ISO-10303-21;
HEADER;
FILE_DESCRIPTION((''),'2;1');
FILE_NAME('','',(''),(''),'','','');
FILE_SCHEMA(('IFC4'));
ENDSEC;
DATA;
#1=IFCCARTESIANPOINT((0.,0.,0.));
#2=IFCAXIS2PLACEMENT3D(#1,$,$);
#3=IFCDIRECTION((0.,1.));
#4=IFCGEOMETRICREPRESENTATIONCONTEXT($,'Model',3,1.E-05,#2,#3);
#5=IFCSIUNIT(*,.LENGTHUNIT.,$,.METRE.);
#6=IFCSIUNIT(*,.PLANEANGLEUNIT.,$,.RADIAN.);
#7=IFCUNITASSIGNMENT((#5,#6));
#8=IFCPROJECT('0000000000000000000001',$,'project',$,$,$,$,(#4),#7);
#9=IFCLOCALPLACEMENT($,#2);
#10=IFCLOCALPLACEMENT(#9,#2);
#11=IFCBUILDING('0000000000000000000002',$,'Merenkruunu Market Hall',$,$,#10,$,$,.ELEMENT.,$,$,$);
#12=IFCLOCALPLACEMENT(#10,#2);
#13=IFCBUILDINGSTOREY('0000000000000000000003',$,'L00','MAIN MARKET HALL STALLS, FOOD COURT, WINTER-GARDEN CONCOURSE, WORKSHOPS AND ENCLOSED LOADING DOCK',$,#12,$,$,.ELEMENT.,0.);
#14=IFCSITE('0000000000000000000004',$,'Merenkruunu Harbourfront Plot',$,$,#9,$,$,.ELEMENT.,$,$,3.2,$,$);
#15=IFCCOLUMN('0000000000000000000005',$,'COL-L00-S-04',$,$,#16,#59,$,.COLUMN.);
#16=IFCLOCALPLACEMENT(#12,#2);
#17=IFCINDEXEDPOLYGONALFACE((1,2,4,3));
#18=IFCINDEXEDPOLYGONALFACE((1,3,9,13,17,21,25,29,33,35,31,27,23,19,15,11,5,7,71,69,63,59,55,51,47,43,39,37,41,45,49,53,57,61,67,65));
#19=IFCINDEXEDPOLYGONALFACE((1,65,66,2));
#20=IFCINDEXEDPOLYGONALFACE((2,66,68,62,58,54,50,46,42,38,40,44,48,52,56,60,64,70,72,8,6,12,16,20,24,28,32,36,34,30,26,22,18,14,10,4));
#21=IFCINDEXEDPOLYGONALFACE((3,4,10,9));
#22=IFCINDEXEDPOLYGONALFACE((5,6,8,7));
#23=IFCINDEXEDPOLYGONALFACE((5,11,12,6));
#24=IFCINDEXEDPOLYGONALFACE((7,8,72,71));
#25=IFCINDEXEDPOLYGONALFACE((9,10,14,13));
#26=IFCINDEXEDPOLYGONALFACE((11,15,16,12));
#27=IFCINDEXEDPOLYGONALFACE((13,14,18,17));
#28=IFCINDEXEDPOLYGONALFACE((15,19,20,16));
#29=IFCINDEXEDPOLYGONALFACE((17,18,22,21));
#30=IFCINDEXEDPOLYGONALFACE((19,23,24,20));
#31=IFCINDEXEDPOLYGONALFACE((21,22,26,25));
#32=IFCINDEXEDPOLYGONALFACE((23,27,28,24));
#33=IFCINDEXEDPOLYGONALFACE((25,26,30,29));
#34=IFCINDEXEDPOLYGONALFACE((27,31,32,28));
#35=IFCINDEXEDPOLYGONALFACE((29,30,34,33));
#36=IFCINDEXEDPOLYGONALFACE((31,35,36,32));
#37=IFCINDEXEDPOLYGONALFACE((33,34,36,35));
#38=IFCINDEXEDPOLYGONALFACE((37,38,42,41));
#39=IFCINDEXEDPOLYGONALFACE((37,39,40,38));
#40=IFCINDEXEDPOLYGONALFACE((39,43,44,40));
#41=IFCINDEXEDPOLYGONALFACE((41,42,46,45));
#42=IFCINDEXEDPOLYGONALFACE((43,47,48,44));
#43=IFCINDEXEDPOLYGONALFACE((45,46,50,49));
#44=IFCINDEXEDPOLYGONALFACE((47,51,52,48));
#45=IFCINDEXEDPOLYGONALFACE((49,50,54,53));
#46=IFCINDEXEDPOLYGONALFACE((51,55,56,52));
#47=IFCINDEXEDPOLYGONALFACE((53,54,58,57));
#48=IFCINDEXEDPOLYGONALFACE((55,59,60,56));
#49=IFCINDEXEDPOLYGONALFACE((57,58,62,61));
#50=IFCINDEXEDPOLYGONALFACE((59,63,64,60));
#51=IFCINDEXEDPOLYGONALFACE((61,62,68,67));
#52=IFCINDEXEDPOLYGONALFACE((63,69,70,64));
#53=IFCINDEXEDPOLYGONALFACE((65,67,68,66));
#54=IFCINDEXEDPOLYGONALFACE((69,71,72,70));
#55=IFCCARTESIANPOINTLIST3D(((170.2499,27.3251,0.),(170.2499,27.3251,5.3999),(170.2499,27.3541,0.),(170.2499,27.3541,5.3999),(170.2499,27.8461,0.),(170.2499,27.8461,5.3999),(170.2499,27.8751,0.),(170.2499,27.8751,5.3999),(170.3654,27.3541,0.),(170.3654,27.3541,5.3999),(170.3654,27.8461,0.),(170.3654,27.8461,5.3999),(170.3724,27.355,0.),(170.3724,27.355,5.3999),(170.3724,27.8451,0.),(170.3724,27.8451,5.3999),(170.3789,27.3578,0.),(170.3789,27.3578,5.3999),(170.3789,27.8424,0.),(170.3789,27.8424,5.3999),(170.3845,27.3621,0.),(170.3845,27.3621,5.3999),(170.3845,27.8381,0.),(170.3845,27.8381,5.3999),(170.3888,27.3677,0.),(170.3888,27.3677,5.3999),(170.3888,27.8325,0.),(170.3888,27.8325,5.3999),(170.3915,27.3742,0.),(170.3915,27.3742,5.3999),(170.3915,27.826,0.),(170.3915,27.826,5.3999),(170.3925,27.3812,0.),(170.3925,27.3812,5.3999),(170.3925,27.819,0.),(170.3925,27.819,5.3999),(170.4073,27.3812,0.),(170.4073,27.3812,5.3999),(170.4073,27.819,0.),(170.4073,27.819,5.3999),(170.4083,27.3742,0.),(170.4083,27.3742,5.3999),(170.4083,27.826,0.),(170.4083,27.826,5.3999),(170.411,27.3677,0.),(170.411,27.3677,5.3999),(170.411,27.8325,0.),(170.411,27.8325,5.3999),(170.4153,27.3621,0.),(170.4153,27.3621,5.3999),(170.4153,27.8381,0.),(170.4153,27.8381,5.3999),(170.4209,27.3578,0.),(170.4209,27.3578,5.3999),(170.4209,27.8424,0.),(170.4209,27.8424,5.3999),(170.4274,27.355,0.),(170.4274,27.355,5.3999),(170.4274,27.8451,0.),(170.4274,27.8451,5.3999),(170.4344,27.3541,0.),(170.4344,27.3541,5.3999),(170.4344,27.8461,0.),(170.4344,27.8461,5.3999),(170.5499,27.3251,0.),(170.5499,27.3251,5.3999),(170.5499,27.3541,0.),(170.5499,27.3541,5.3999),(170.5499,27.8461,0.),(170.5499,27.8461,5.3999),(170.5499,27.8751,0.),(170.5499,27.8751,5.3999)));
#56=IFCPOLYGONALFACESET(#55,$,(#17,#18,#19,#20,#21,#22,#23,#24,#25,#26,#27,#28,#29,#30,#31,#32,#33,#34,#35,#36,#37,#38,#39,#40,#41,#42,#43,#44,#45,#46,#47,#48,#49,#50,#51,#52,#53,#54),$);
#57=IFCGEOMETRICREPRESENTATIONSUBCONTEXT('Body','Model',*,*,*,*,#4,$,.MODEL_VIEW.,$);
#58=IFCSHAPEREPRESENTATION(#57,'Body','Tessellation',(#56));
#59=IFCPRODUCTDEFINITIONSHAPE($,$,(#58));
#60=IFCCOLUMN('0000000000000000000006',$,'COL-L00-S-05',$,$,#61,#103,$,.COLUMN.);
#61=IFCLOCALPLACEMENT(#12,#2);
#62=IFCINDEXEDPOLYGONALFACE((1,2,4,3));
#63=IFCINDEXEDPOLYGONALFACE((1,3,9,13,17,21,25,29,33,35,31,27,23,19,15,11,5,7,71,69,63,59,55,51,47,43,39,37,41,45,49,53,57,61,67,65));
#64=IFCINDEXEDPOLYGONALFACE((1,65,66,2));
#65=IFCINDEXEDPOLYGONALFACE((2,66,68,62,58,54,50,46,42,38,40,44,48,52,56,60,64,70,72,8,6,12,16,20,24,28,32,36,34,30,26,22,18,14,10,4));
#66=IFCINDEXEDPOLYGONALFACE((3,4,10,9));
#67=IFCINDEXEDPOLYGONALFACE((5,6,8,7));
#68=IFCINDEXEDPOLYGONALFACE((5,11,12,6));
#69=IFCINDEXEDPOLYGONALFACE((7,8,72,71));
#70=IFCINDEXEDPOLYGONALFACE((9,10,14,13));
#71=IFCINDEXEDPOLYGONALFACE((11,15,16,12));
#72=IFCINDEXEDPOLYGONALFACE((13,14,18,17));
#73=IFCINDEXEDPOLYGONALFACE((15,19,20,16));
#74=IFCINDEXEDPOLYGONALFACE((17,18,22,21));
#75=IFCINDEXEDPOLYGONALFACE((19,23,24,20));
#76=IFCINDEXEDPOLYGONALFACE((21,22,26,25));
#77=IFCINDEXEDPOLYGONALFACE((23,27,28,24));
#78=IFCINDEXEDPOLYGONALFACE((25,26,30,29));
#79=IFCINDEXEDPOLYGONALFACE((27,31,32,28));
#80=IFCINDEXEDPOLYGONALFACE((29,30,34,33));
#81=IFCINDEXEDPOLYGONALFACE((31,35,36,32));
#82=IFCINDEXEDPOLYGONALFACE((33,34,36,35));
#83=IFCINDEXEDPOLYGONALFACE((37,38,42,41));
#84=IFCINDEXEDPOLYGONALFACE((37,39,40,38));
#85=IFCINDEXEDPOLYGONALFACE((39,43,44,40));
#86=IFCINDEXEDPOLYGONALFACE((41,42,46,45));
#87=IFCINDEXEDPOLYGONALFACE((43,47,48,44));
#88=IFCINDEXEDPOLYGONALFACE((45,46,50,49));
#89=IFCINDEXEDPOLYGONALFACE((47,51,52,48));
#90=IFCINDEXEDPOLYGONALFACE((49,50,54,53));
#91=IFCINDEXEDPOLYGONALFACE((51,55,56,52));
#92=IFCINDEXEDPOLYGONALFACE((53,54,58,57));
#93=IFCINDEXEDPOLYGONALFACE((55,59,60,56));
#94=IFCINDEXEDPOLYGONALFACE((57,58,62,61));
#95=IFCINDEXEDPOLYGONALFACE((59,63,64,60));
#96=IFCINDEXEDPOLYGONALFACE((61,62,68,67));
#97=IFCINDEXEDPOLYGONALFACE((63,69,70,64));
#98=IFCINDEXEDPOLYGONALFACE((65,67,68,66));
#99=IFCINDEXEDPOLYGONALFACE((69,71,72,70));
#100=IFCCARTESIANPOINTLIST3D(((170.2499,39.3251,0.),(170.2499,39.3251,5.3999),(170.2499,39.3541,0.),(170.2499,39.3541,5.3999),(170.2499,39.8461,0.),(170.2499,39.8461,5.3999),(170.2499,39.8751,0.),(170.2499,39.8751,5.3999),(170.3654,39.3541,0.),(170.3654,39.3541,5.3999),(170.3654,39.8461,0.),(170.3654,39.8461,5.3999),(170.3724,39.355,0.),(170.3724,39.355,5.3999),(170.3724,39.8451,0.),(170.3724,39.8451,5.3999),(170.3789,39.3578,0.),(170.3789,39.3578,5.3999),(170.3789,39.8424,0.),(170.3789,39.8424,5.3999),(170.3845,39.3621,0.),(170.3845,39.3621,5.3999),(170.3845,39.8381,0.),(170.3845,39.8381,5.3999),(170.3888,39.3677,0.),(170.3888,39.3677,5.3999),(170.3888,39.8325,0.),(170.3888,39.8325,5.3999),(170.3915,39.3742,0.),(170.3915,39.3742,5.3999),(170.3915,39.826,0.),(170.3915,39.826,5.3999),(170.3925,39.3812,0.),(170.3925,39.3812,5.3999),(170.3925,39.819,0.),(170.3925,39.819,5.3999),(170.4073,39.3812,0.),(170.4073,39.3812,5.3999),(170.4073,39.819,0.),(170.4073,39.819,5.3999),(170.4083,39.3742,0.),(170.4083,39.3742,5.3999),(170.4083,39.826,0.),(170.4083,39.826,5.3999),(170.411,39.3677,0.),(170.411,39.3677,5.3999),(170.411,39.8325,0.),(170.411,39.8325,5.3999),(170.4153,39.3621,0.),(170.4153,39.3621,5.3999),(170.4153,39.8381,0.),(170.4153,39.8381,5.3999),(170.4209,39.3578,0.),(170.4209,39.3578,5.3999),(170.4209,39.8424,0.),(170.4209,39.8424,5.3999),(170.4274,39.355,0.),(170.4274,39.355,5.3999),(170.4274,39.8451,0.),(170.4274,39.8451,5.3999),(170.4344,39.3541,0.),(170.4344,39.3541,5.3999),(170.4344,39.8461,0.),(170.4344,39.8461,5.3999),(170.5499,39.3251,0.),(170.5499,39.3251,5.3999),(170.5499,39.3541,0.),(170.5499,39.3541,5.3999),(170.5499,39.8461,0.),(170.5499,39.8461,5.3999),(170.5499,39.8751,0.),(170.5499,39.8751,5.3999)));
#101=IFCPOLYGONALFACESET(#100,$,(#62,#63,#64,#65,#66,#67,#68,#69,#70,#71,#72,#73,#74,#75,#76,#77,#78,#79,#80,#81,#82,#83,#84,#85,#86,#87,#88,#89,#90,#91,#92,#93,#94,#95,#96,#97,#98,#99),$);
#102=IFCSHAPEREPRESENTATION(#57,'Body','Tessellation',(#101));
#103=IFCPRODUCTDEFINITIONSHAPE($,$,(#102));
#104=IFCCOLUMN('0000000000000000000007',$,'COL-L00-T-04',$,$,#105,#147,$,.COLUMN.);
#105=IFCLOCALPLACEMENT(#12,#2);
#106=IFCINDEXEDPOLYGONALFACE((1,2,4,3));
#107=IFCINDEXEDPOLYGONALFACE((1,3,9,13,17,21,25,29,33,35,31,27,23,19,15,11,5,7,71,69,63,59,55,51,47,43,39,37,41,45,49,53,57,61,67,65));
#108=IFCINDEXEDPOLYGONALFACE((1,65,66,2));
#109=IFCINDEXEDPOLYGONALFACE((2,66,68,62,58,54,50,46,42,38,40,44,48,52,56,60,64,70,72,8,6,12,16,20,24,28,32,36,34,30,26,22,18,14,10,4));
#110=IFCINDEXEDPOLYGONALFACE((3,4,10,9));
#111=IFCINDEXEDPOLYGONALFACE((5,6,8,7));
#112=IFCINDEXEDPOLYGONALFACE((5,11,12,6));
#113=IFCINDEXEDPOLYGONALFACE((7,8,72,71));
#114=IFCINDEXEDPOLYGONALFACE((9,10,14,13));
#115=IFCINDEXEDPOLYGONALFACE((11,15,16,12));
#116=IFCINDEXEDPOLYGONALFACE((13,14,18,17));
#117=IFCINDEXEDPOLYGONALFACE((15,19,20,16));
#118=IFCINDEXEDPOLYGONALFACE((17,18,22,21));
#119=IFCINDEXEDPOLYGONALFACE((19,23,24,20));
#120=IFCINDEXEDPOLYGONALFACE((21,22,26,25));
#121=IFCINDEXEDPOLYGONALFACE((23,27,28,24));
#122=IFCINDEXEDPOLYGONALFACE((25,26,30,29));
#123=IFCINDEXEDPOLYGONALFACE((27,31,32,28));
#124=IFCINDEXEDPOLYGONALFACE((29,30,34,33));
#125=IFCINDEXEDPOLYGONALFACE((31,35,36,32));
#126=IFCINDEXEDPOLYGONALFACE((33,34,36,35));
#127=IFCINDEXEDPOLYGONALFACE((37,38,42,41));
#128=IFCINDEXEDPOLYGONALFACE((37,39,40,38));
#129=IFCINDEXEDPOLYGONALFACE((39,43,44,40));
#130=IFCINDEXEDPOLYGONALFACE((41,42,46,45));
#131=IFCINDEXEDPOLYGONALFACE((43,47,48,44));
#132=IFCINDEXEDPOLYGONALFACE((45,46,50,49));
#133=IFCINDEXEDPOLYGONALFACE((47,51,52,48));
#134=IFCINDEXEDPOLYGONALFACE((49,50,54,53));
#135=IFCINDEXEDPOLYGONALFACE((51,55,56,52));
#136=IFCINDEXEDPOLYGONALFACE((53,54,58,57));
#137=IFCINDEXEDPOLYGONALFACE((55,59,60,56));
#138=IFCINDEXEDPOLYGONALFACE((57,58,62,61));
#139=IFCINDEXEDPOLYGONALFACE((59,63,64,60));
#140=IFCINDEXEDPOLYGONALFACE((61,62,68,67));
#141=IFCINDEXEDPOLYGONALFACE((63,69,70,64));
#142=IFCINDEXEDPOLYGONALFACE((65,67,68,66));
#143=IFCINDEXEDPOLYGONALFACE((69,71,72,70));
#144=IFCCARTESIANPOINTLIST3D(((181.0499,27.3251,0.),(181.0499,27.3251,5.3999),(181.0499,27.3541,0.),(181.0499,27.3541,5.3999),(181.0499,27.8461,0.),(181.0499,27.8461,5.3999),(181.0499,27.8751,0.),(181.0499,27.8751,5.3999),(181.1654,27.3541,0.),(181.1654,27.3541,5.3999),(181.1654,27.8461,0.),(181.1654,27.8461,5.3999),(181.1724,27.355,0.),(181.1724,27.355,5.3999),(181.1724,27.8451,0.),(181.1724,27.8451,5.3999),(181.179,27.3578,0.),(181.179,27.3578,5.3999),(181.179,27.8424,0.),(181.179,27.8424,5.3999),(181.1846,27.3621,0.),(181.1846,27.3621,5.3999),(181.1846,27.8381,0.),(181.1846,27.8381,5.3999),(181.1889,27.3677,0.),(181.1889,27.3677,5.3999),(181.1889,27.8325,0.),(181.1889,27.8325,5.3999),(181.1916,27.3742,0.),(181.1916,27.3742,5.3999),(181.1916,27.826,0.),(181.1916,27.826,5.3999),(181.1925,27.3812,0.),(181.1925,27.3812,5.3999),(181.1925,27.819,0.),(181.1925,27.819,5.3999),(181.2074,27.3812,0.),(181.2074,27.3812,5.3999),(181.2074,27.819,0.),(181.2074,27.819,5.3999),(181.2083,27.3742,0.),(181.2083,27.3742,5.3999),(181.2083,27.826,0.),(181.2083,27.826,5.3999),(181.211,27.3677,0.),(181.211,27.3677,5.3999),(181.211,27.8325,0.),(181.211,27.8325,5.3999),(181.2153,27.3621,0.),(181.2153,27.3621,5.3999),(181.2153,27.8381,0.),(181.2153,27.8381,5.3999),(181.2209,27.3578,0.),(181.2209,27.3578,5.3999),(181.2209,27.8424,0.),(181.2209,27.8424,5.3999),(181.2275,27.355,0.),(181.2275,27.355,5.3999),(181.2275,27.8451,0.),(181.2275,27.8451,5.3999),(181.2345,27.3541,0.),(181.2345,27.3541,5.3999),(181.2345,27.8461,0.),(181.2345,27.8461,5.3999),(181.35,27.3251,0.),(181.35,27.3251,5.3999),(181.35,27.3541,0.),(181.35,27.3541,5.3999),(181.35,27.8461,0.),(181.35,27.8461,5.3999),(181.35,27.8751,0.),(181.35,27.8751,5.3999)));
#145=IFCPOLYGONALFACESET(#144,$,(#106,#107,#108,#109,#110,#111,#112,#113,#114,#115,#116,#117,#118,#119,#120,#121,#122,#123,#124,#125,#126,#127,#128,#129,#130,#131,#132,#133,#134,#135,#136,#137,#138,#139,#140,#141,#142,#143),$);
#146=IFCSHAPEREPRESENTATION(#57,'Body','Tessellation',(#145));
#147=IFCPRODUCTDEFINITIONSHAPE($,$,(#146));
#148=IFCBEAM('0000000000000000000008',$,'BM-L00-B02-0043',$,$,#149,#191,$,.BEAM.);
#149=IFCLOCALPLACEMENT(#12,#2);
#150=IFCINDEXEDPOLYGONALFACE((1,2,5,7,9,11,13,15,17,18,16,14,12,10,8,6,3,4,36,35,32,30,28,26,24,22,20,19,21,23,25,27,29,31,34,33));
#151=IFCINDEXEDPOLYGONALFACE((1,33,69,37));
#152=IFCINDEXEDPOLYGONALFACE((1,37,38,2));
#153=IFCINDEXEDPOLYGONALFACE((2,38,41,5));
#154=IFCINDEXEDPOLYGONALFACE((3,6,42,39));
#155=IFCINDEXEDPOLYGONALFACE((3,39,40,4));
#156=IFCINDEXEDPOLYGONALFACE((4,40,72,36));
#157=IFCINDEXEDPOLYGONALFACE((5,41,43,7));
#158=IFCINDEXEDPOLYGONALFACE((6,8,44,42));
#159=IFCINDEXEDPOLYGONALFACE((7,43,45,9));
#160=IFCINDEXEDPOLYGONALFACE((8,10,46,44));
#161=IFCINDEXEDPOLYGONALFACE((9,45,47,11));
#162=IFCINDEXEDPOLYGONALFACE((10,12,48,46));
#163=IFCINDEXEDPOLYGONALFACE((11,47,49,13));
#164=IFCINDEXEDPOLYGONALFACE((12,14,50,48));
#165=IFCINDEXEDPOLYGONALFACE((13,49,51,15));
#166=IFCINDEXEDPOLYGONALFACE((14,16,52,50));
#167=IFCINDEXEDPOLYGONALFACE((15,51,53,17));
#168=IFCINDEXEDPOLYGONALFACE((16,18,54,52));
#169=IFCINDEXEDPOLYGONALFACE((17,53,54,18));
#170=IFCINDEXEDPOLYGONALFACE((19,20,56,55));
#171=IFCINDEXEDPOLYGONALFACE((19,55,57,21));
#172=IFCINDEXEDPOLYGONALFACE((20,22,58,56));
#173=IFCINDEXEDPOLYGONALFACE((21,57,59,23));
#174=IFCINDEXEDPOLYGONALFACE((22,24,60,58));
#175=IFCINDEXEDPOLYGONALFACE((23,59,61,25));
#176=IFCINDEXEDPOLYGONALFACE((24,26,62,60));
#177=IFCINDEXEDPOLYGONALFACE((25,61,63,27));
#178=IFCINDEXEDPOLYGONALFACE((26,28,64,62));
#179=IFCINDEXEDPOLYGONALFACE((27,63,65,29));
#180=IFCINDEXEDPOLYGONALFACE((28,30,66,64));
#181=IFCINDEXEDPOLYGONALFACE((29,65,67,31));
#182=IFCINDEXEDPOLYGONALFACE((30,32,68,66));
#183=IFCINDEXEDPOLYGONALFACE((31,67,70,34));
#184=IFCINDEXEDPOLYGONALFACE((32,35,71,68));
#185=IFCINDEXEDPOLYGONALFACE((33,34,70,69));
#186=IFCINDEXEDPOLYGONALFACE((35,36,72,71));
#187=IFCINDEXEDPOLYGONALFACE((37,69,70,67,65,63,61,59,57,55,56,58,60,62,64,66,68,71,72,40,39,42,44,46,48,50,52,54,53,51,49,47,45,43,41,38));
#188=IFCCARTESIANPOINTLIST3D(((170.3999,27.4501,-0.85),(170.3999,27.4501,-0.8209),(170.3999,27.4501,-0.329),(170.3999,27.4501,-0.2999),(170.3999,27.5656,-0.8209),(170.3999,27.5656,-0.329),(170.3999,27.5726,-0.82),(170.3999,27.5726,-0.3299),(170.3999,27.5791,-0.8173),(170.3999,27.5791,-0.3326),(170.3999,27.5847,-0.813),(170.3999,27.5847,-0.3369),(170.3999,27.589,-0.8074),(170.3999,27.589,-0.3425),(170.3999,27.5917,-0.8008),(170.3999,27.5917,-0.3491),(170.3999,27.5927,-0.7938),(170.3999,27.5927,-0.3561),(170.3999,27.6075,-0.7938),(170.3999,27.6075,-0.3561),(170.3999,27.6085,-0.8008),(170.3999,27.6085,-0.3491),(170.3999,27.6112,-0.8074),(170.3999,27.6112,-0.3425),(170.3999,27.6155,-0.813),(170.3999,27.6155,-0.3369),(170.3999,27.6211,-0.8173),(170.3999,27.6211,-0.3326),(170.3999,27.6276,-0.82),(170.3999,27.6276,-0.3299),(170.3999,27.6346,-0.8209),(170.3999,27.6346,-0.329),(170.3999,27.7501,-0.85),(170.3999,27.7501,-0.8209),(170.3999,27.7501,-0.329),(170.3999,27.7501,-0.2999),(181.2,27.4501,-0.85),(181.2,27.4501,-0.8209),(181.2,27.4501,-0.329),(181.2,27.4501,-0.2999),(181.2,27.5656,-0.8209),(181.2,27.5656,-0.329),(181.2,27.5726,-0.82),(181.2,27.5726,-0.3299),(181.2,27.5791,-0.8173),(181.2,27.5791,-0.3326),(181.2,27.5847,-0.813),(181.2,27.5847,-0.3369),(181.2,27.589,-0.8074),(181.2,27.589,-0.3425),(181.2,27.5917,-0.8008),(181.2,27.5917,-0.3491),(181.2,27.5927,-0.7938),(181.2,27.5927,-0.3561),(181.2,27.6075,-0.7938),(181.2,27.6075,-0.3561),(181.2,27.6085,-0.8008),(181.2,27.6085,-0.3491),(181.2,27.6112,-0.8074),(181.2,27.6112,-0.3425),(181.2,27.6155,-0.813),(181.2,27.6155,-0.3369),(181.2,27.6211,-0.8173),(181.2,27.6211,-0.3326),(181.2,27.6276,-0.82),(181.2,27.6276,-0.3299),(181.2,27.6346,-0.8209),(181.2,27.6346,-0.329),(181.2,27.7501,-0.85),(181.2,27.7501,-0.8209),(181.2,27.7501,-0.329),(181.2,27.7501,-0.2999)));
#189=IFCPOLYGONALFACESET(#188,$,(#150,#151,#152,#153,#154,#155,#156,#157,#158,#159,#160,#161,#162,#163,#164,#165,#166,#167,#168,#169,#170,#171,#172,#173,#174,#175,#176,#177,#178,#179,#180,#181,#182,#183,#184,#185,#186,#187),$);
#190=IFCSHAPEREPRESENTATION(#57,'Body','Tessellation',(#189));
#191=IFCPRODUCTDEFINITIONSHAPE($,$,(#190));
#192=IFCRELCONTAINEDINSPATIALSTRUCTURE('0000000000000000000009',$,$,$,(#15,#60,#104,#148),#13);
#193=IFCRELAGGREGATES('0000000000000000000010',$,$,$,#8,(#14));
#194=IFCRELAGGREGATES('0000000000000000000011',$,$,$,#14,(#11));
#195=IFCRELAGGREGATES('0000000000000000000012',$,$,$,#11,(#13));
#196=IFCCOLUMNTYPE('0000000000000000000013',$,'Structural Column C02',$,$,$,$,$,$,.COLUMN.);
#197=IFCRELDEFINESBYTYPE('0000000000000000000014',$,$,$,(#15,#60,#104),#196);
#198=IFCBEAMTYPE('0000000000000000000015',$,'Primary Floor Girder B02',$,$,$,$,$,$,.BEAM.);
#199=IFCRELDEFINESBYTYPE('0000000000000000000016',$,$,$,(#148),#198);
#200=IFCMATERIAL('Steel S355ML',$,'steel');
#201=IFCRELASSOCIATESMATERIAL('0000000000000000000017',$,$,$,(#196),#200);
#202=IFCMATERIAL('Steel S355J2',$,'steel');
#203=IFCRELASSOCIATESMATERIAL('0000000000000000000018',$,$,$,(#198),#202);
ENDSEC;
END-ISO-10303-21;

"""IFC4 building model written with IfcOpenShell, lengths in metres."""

from ifc_helpers import new_model, si_unit, direction, frame, origin, origin_2d, place, context, subcontext, project, spatial, i_section, extrude, material, material_profile, profile_set, type_object, element, save


model = new_model("IFC4")

# Units and contexts
model_context = context("Model", 3, precision=1e-05, world=origin(), true_north=direction((0.0, 1.0)))
body_context = subcontext(model_context, "Body", "Model", "MODEL_VIEW")
ifc_project = project(units=[si_unit("LENGTHUNIT", "METRE"), si_unit("PLANEANGLEUNIT", "RADIAN")], contexts=[model_context])

# Site, building, storey
site_placement = place(None, origin())
site = spatial("IfcSite", under=ifc_project, at=site_placement, Name="Merenkruunu Harbourfront Plot", CompositionType="ELEMENT", RefElevation=3.2)
building_placement = place(site_placement, origin())
building = spatial("IfcBuilding", under=site, at=building_placement, Name="Merenkruunu Market Hall", CompositionType="ELEMENT")
storey_placement = place(building_placement, origin())
storey = spatial("IfcBuildingStorey", under=building, at=storey_placement, Name="L00", Description="MAIN MARKET HALL STALLS, FOOD COURT, WINTER-GARDEN CONCOURSE, WORKSHOPS AND ENCLOSED LOADING DOCK", CompositionType="ELEMENT", Elevation=0.0)

# Columns
ifc_material_1 = material(Name="Steel S355ML", Category="steel")
ifc_material_profile_1 = material_profile(ifc_material_1, i_section(OverallWidth=0.3, OverallDepth=0.55, WebThickness=0.0149, FlangeThickness=0.0291, FilletRadius=0.0271, at=origin_2d()), Name="HEB 550")
ifc_profile_set_1 = profile_set([ifc_material_profile_1], Name="Steel S355ML")
column_type = type_object("IfcColumnType", Name="Structural Column C02", PredefinedType="COLUMN", material=ifc_profile_set_1)
for number, where, z_axis, x_axis, name in (
    (1, (170.3999, 27.6001, 0.0), (0.0, 0.0, 1.0), (1.0, 0.0, 0.0), "COL-L00-S-04"),
    (2, (170.3999, 39.6001, 0.0), (0.0, 0.0, 1.0), (1.0, 0.0, 0.0), "COL-L00-S-05"),
    (3, (181.2, 27.6001, 0.0), (0.0, 0.0, 1.0), (1.0, 0.0, 0.0), "COL-L00-T-04"),
):
    element("IfcColumn", number, at=place(storey_placement, frame(where, z_axis=z_axis, x_axis=x_axis)), inside=storey, type_object=column_type, Name=name, PredefinedType="COLUMN", context=body_context, shape_type="SweptSolid", body=[
        extrude(i_section(OverallWidth=0.3, OverallDepth=0.55, WebThickness=0.0149, FlangeThickness=0.0291, FilletRadius=0.0271, at=origin_2d()), origin(), (0.0, 0.0, 1.0), 5.3999),
    ])

# Beam
ifc_material_2 = material(Name="Steel S355J2", Category="steel")
ifc_material_profile_2 = material_profile(ifc_material_2, i_section(OverallWidth=0.3, OverallDepth=0.55, WebThickness=0.0149, FlangeThickness=0.0291, FilletRadius=0.0271, at=origin_2d()), Name="HEB 550")
ifc_profile_set_2 = profile_set([ifc_material_profile_2], Name="Steel S355J2")
beam_type_1 = type_object("IfcBeamType", Name="Primary Floor Girder B02", PredefinedType="BEAM", material=ifc_profile_set_2)
for number, where, z_axis, x_axis, name in (
    (4, (170.3999, 27.6001, -0.575), (1.0, 0.0, 0.0), (0.0, 1.0, 0.0), "BM-L00-B02-0043"),
):
    element("IfcBeam", number, at=place(storey_placement, frame(where, z_axis=z_axis, x_axis=x_axis)), inside=storey, type_object=beam_type_1, Name=name, PredefinedType="BEAM", context=body_context, shape_type="SweptSolid", body=[
        extrude(i_section(OverallWidth=0.3, OverallDepth=0.55, WebThickness=0.0149, FlangeThickness=0.0291, FilletRadius=0.0271, at=origin_2d()), origin(), (0.0, 0.0, 1.0), 10.8),
    ])

save(model, "model.ifc")
